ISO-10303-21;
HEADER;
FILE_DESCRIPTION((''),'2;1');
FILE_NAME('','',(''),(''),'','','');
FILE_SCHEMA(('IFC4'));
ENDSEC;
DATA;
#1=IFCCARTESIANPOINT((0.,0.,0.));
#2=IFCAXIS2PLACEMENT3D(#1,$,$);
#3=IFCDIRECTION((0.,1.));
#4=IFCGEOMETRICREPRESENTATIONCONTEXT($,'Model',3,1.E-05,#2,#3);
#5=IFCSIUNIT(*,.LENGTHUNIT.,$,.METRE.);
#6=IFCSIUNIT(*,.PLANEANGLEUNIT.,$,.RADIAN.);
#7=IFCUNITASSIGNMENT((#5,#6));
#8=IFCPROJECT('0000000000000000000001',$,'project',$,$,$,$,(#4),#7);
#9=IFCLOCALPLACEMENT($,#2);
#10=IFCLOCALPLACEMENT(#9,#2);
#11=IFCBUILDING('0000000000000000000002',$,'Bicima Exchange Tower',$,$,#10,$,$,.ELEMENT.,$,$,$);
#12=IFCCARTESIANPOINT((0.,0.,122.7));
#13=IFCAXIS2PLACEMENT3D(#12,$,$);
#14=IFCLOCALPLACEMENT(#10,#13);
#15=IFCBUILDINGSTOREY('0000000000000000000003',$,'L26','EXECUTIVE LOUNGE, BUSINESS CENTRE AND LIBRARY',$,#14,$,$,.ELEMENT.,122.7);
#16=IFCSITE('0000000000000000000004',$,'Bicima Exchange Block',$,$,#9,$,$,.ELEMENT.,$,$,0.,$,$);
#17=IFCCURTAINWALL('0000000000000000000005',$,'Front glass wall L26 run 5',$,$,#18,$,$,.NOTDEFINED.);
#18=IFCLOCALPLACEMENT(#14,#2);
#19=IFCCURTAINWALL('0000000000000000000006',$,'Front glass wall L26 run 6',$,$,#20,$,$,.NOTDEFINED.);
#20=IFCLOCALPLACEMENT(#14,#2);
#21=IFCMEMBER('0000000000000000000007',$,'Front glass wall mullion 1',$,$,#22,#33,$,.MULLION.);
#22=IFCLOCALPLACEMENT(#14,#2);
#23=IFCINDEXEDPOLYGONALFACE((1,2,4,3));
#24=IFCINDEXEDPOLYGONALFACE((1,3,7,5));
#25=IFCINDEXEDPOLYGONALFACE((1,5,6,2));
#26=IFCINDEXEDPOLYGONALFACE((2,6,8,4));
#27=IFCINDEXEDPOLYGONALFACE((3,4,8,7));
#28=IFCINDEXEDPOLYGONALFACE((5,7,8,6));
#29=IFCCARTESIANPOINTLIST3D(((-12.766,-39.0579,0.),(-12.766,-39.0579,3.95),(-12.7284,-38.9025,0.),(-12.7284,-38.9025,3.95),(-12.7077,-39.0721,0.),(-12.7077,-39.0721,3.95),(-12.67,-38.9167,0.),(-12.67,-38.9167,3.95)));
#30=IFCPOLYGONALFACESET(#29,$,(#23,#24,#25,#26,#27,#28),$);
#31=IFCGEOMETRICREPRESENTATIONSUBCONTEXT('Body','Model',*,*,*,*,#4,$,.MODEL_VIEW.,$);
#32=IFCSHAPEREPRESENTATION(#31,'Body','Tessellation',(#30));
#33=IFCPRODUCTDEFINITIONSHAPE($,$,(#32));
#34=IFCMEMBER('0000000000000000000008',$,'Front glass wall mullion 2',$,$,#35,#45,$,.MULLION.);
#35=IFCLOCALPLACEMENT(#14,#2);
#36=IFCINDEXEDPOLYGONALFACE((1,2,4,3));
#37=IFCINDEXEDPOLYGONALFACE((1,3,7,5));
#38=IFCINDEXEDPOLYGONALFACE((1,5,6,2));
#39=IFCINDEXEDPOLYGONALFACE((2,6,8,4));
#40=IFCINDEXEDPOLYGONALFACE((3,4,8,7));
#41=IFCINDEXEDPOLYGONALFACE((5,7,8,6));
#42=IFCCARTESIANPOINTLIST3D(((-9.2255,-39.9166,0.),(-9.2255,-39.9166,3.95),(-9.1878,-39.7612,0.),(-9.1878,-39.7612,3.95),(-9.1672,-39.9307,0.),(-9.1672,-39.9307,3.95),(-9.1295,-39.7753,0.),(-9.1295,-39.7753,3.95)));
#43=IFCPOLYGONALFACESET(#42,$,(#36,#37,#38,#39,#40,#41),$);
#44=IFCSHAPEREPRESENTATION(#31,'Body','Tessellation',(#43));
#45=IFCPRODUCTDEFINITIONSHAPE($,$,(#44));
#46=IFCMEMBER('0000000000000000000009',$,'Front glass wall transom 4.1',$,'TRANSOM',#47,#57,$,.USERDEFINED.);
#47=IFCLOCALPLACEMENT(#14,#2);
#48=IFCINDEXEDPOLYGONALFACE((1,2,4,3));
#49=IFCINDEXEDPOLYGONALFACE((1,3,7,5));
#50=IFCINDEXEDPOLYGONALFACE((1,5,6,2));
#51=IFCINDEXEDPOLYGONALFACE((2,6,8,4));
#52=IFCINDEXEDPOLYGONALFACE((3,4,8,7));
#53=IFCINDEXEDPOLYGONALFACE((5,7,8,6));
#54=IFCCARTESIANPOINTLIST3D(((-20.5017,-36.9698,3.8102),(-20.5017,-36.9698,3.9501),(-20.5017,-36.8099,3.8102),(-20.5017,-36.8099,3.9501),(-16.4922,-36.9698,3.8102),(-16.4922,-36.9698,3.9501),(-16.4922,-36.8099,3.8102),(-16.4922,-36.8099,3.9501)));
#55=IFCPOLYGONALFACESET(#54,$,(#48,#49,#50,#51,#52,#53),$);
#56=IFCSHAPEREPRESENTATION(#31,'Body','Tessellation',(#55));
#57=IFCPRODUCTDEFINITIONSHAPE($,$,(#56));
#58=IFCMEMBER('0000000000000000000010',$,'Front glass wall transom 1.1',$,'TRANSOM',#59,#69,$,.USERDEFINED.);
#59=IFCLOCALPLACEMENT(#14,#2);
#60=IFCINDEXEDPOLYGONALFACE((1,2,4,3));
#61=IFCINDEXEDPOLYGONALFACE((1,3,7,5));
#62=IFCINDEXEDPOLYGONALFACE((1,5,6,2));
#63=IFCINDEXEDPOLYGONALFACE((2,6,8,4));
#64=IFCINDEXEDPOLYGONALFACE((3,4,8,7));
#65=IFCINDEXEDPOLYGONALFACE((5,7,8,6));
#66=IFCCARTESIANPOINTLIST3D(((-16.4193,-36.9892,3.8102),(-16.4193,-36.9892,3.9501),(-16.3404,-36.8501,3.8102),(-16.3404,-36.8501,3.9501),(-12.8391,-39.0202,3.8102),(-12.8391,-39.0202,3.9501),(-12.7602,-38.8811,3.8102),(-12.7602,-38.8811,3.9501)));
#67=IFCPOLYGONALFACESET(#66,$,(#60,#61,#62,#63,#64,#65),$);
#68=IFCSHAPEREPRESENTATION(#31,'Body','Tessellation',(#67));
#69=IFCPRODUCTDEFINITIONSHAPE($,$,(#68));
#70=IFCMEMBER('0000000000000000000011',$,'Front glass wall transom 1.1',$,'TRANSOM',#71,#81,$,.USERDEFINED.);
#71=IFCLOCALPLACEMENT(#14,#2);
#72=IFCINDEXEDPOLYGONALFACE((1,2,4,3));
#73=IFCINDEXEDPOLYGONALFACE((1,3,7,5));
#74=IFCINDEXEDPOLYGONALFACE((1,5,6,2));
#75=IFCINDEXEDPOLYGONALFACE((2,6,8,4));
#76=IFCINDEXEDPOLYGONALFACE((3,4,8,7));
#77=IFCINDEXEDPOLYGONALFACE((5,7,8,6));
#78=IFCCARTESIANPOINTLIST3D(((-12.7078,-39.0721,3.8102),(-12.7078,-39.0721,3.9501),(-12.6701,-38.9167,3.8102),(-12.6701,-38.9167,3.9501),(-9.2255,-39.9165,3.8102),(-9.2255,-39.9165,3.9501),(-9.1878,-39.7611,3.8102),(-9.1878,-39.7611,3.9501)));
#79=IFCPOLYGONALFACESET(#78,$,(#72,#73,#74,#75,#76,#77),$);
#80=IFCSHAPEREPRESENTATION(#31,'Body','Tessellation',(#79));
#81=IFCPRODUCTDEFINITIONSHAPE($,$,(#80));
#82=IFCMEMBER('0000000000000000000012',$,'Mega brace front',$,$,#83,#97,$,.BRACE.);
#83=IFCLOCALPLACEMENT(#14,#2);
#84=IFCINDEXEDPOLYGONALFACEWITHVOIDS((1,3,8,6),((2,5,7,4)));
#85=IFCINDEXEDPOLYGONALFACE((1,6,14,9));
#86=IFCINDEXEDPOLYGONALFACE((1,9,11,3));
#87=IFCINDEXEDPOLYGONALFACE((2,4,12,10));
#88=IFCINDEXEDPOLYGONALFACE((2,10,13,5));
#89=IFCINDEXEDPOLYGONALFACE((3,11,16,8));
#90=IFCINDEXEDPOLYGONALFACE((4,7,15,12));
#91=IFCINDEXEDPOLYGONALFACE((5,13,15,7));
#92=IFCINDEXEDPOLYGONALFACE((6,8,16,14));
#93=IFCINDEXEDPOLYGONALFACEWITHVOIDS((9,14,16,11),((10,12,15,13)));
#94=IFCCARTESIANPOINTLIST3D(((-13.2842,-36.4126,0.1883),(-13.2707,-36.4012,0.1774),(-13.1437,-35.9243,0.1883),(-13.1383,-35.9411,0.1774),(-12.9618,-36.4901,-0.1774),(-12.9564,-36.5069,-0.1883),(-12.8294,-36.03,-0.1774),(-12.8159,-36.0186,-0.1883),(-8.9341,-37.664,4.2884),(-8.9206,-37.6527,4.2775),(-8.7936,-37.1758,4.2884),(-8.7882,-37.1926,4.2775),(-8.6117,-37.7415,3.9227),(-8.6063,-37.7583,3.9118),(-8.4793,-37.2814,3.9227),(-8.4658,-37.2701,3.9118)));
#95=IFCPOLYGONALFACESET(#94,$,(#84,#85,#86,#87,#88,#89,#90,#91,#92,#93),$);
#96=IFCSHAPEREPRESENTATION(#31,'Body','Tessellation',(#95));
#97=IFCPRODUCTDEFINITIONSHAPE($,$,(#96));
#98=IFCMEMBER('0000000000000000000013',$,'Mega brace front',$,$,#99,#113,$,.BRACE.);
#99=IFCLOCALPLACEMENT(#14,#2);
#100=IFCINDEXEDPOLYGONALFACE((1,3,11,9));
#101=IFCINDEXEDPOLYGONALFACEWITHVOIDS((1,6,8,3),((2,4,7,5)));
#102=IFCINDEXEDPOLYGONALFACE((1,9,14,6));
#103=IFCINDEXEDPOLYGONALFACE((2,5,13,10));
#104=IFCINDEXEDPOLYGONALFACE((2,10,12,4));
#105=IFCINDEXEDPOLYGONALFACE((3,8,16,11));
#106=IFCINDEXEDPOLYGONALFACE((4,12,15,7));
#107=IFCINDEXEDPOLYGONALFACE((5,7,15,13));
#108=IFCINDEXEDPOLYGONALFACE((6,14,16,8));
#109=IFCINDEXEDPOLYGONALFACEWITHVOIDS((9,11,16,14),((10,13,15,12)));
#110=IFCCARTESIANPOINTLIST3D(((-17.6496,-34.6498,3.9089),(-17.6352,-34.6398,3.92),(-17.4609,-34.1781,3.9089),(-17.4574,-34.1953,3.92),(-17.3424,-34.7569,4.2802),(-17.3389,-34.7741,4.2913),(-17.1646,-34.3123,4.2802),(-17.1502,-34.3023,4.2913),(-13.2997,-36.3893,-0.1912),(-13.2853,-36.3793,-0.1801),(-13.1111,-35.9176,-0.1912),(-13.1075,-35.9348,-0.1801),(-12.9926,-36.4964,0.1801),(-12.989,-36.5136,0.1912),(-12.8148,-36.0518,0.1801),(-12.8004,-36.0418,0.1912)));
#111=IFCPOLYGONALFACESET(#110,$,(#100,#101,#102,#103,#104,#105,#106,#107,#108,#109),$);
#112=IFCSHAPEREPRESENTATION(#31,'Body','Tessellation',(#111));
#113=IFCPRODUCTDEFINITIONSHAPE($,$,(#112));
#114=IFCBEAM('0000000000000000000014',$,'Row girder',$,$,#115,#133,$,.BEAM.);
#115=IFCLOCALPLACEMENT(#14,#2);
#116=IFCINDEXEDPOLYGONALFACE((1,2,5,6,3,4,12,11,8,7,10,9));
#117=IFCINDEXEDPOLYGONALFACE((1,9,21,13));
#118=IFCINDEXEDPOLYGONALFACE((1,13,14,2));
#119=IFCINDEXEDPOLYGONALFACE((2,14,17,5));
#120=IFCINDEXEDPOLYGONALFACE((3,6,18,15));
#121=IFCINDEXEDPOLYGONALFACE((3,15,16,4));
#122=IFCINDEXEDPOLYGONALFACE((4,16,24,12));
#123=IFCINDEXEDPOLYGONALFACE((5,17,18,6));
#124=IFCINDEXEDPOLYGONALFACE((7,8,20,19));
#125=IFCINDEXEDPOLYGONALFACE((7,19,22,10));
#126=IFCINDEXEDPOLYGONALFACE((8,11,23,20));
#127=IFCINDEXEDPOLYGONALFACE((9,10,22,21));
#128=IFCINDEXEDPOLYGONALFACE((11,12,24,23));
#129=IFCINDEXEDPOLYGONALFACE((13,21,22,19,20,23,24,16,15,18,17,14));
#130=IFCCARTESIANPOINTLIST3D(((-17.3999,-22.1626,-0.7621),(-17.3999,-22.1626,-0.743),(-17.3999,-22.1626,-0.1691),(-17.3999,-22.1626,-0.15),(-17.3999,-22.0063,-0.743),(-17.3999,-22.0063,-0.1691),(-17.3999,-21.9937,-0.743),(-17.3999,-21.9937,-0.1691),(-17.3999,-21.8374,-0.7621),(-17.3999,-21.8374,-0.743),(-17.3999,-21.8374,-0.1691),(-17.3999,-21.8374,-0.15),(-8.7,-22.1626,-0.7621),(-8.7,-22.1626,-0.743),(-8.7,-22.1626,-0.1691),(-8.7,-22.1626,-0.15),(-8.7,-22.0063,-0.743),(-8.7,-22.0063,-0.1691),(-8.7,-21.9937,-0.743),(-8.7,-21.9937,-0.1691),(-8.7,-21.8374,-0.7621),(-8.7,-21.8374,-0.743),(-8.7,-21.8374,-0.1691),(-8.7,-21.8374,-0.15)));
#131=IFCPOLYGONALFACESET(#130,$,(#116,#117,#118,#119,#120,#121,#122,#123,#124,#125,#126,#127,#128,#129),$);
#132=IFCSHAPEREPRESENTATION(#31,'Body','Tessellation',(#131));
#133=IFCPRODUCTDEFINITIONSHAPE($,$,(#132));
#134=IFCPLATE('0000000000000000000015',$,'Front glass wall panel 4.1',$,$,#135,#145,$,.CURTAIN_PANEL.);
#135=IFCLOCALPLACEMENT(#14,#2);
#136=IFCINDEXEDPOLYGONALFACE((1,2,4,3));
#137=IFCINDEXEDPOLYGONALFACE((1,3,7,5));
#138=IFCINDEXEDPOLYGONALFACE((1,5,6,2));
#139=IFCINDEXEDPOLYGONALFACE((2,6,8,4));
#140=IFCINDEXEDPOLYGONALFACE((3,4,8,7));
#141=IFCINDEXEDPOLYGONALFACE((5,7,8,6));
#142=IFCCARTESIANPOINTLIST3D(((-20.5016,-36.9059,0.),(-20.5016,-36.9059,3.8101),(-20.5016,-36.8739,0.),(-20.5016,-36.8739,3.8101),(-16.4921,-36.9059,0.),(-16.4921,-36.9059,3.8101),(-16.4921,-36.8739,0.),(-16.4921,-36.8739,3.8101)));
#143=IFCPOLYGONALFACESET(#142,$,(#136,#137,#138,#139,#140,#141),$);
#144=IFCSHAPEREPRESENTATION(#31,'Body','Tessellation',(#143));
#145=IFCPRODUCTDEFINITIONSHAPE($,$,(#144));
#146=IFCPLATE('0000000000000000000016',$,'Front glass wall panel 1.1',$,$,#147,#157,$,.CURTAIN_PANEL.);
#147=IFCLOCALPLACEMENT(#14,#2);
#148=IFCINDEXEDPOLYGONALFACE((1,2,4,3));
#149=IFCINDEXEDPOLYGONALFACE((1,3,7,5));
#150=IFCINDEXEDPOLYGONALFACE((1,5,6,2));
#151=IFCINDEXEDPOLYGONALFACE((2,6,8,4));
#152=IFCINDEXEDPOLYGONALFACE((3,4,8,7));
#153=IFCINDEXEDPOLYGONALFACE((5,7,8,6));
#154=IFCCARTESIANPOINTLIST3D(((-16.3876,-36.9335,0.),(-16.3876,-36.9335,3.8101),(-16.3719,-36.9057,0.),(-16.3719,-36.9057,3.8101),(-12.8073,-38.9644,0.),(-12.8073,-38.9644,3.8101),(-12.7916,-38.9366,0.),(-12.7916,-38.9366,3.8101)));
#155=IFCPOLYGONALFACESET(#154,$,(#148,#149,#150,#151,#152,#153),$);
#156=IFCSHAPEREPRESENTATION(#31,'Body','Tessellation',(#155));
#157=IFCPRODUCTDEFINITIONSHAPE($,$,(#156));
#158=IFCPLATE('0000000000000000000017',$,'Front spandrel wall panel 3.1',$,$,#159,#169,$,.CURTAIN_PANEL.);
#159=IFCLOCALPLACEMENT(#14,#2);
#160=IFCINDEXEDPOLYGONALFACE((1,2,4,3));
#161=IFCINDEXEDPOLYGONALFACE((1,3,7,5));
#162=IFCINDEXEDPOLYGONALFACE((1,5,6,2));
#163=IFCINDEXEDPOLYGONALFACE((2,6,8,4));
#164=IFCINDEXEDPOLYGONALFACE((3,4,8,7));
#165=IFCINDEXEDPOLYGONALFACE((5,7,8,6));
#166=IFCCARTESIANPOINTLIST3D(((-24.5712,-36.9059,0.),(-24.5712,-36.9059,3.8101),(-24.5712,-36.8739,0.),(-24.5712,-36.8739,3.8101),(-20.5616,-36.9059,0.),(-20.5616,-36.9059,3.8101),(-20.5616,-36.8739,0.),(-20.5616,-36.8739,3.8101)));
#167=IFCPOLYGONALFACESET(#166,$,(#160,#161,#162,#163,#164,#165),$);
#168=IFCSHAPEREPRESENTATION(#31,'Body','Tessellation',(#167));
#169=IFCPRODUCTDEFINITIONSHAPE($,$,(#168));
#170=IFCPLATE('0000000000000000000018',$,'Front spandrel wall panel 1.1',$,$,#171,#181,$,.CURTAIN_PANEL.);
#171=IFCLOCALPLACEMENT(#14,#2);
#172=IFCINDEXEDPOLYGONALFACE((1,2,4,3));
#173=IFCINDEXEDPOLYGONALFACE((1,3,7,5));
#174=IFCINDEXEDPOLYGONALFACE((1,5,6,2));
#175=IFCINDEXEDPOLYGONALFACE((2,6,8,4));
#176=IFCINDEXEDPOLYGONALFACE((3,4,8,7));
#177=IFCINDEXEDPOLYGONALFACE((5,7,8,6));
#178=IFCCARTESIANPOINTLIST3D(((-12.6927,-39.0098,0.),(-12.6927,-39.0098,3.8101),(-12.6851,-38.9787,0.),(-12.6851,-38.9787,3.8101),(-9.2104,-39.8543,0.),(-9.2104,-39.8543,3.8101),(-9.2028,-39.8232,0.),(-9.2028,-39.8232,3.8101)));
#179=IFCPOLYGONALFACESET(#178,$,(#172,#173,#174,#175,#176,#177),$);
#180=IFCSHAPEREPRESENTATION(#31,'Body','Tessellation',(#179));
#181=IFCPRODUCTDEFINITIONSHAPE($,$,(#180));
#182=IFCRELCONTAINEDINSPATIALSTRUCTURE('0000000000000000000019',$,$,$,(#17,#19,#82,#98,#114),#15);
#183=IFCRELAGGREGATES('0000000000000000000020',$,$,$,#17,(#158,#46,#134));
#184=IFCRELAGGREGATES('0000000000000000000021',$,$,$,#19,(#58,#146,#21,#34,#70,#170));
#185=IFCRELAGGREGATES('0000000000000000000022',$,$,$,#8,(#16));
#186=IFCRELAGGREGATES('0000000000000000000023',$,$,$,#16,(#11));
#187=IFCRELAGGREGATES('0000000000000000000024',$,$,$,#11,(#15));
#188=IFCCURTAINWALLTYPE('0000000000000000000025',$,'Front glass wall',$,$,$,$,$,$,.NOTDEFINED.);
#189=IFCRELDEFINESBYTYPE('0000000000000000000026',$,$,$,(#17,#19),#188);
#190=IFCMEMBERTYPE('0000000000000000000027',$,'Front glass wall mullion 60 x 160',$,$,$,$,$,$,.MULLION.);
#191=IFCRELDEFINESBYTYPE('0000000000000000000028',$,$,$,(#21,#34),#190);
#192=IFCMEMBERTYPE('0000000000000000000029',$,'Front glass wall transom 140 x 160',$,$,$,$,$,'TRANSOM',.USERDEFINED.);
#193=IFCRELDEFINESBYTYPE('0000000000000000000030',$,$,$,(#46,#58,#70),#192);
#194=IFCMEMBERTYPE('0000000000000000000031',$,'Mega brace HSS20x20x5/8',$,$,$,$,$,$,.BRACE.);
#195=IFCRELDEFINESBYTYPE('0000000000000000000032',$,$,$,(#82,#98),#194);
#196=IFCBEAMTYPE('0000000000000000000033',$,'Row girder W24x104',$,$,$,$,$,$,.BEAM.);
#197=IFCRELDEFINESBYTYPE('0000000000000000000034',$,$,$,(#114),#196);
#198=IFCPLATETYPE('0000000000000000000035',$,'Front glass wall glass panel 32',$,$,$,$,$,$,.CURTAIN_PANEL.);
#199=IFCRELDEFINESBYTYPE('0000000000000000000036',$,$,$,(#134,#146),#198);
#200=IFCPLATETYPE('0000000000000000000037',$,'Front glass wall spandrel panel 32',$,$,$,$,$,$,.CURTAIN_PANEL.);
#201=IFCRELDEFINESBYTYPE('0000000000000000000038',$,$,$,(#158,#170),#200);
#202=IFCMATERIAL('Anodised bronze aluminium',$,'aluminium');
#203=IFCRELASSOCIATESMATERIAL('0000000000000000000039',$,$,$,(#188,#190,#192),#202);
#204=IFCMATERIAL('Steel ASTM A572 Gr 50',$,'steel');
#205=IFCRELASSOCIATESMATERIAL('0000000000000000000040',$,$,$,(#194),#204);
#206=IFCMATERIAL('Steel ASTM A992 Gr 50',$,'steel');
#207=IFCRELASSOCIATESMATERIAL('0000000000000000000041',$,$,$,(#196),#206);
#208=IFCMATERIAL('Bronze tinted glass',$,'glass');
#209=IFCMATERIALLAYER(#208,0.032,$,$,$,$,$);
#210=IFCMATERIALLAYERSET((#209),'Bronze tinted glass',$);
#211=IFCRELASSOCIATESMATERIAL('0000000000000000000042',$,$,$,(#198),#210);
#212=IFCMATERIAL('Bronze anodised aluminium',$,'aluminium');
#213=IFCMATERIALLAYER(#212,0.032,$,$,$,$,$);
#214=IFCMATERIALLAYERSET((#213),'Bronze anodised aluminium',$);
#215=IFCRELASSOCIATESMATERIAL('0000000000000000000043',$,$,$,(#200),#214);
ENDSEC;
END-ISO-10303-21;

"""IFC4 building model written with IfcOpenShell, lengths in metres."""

from ifc_helpers import new_model, si_unit, direction, frame, origin, origin_2d, place, context, subcontext, project, spatial, rectangle, hollow_rectangle, i_section, extrude, material, layer, layer_set, material_profile, profile_set, type_object, element, aggregate, save


model = new_model("IFC4")

# Units and contexts
model_context = context("Model", 3, precision=1e-05, world=origin(), true_north=direction((0.0, 1.0)))
body_context = subcontext(model_context, "Body", "Model", "MODEL_VIEW")
ifc_project = project(units=[si_unit("LENGTHUNIT", "METRE"), si_unit("PLANEANGLEUNIT", "RADIAN")], contexts=[model_context])

# Site, building, storey
site_placement = place(None, origin())
site = spatial("IfcSite", under=ifc_project, at=site_placement, Name="Bicima Exchange Block", CompositionType="ELEMENT", RefElevation=0.0)
building_placement = place(site_placement, origin())
building = spatial("IfcBuilding", under=site, at=building_placement, Name="Bicima Exchange Tower", CompositionType="ELEMENT")
storey_placement = place(building_placement, frame((0.0, 0.0, 122.7)))
storey = spatial("IfcBuildingStorey", under=building, at=storey_placement, Name="L26", Description="EXECUTIVE LOUNGE, BUSINESS CENTRE AND LIBRARY", CompositionType="ELEMENT", Elevation=122.7)

# Shared definitions
ifc_material_1 = material(Name="Steel ASTM A992 Gr 50", Category="steel")

# Curtain walls, members
ifc_material_2 = material(Name="Anodised bronze aluminium", Category="aluminium")
curtain_wall_type = type_object("IfcCurtainWallType", Name="Front glass wall", PredefinedType="NOTDEFINED", material=ifc_material_2)
curtain_wall_1_placement = place(storey_placement, origin())
curtain_wall_1 = element("IfcCurtainWall", 1, at=curtain_wall_1_placement, inside=storey, type_object=curtain_wall_type, Name="Front glass wall L26 run 5", PredefinedType="NOTDEFINED")
ifc_material_profile_1 = material_profile(ifc_material_2, rectangle(XDim=0.1599, YDim=0.0601, at=origin_2d()))
ifc_profile_set_1 = profile_set([ifc_material_profile_1], Name="Anodised bronze aluminium")
member_type_1 = type_object("IfcMemberType", Name="Front glass wall mullion 60 x 160", PredefinedType="MULLION", material=ifc_profile_set_1)
curtain_wall_2_placement = place(storey_placement, origin())
curtain_wall_2 = element("IfcCurtainWall", 2, at=curtain_wall_2_placement, inside=storey, type_object=curtain_wall_type, Name="Front glass wall L26 run 6", PredefinedType="NOTDEFINED")
member_1_placement = place(storey_placement, frame((-12.718, -38.9873, 0.0), z_axis=(0.0, 0.0, 1.0), x_axis=(0.235682, 0.97183, 0.0)))
member_1 = element("IfcMember", 3, at=member_1_placement, type_object=member_type_1, Name="Front glass wall mullion 1", PredefinedType="MULLION", context=body_context, shape_type="SweptSolid", body=[
    extrude(rectangle(XDim=0.1599, YDim=0.0601, at=origin_2d()), origin(), (0.0, 0.0, 1.0), 3.95),
])
member_2_placement = place(storey_placement, frame((-9.1775, -39.8459, 0.0), z_axis=(0.0, 0.0, 1.0), x_axis=(0.235682, 0.97183, 0.0)))
member_2 = element("IfcMember", 4, at=member_2_placement, type_object=member_type_1, Name="Front glass wall mullion 2", PredefinedType="MULLION", context=body_context, shape_type="SweptSolid", body=[
    extrude(rectangle(XDim=0.1599, YDim=0.0601, at=origin_2d()), origin(), (0.0, 0.0, 1.0), 3.95),
])

# Members
ifc_material_profile_2 = material_profile(ifc_material_2, rectangle(XDim=0.1599, YDim=0.1399, at=origin_2d()))
ifc_profile_set_2 = profile_set([ifc_material_profile_2], Name="Anodised bronze aluminium")
member_type_2 = type_object("IfcMemberType", Name="Front glass wall transom 140 x 160", ElementType="TRANSOM", PredefinedType="USERDEFINED", material=ifc_profile_set_2)
member_3_placement = place(storey_placement, frame((-20.5017, -36.8899, 3.8801), z_axis=(1.0, 0.0, 0.0), x_axis=(0.0, 1.0, 0.0)))
member_3 = element("IfcMember", 5, at=member_3_placement, type_object=member_type_2, Name="Front glass wall transom 4.1", ObjectType="TRANSOM", PredefinedType="USERDEFINED", context=body_context, shape_type="SweptSolid", body=[
    extrude(rectangle(XDim=0.1599, YDim=0.1399, at=origin_2d()), origin(), (0.0, 0.0, 1.0), 4.0095),
])
member_4_placement = place(storey_placement, frame((-16.3799, -36.9197, 3.8801), z_axis=(0.869797, -0.493409, 0.0), x_axis=(0.493409, 0.869797, 0.0)))
member_4 = element("IfcMember", 6, at=member_4_placement, type_object=member_type_2, Name="Front glass wall transom 1.1", ObjectType="TRANSOM", PredefinedType="USERDEFINED", context=body_context, shape_type="SweptSolid", body=[
    extrude(rectangle(XDim=0.1599, YDim=0.1399, at=origin_2d()), origin(), (0.0, 0.0, 1.0), 4.1162),
])
member_5_placement = place(storey_placement, frame((-12.689, -38.9944, 3.8801), z_axis=(0.971834, -0.235668, 0.0), x_axis=(0.235668, 0.971834, 0.0)))
member_5 = element("IfcMember", 7, at=member_5_placement, type_object=member_type_2, Name="Front glass wall transom 1.1", ObjectType="TRANSOM", PredefinedType="USERDEFINED", context=body_context, shape_type="SweptSolid", body=[
    extrude(rectangle(XDim=0.1599, YDim=0.1399, at=origin_2d()), origin(), (0.0, 0.0, 1.0), 3.5833),
])

# Members
ifc_material_3 = material(Name="Steel ASTM A572 Gr 50", Category="steel")
ifc_material_profile_3 = material_profile(ifc_material_3, hollow_rectangle(XDim=0.5081, YDim=0.5081, WallThickness=0.0146, at=origin_2d()))
ifc_profile_set_3 = profile_set([ifc_material_profile_3], Name="Steel ASTM A572 Gr 50")
member_type_3 = type_object("IfcMemberType", Name="Mega brace HSS20x20x5/8", PredefinedType="BRACE", material=ifc_profile_set_3)
member_6_placement = place(storey_placement, frame((-13.05, -36.2156, 0.0), z_axis=(0.712267, -0.20491, 0.671333), x_axis=(0.276473, 0.961022, 0.0)))
element("IfcMember", 8, at=member_6_placement, inside=storey, type_object=member_type_3, Name="Mega brace front", PredefinedType="BRACE", context=body_context, shape_type="SweptSolid", body=[
    extrude(hollow_rectangle(XDim=0.5081, YDim=0.5081, WallThickness=0.0146, at=origin_2d()), origin(), (0.0, 0.0, 1.0), 6.1074),
])
member_7_placement = place(storey_placement, frame((-13.05, -36.2156, 0.0), z_axis=(-0.698706, 0.279412, 0.658588), x_axis=(-0.37131, -0.928509, 0.0)))
element("IfcMember", 9, at=member_7_placement, inside=storey, type_object=member_type_3, Name="Mega brace front", PredefinedType="BRACE", context=body_context, shape_type="SweptSolid", body=[
    extrude(hollow_rectangle(XDim=0.5081, YDim=0.5081, WallThickness=0.0146, at=origin_2d()), origin(), (0.0, 0.0, 1.0), 6.2256),
])

# Beam
ifc_material_profile_4 = material_profile(ifc_material_1, i_section(OverallWidth=0.3252, OverallDepth=0.6121, WebThickness=0.0127, FlangeThickness=0.019, at=origin_2d()))
ifc_profile_set_4 = profile_set([ifc_material_profile_4], Name="Steel ASTM A992 Gr 50")
beam_type_1 = type_object("IfcBeamType", Name="Row girder W24x104", PredefinedType="BEAM", material=ifc_profile_set_4)
beam_1_placement = place(storey_placement, frame((-17.3999, -22.0, -0.4561), z_axis=(1.0, 0.0, 0.0), x_axis=(0.0, 1.0, 0.0)))
element("IfcBeam", 10, at=beam_1_placement, inside=storey, type_object=beam_type_1, Name="Row girder", PredefinedType="BEAM", context=body_context, shape_type="SweptSolid", body=[
    extrude(i_section(OverallWidth=0.3252, OverallDepth=0.6121, WebThickness=0.0127, FlangeThickness=0.019, at=origin_2d()), origin(), (0.0, 0.0, 1.0), 8.7),
])

# Plates
ifc_material_4 = material(Name="Bronze tinted glass", Category="glass")
ifc_layer_1 = layer(ifc_material_4, 0.032)
ifc_layer_set_1 = layer_set([ifc_layer_1], Name="Bronze tinted glass")
plate_type_1 = type_object("IfcPlateType", Name="Front glass wall glass panel 32", PredefinedType="CURTAIN_PANEL", material=ifc_layer_set_1)
plate_1_placement = place(storey_placement, frame((-18.4968, -36.8899, 0.0), z_axis=(0.0, 0.0, 1.0), x_axis=(1.0, 0.0, 0.0)))
plate_1 = element("IfcPlate", 11, at=plate_1_placement, type_object=plate_type_1, Name="Front glass wall panel 4.1", PredefinedType="CURTAIN_PANEL", context=body_context, shape_type="SweptSolid", body=[
    extrude(rectangle(XDim=4.0095, YDim=0.032, at=origin_2d()), origin(), (0.0, 0.0, 1.0), 3.8101),
])
plate_2_placement = place(storey_placement, frame((-14.5896, -37.9351, 0.0), z_axis=(0.0, 0.0, 1.0), x_axis=(0.869805, -0.493395, 0.0)))
plate_2 = element("IfcPlate", 12, at=plate_2_placement, type_object=plate_type_1, Name="Front glass wall panel 1.1", PredefinedType="CURTAIN_PANEL", context=body_context, shape_type="SweptSolid", body=[
    extrude(rectangle(XDim=4.1162, YDim=0.032, at=origin_2d()), origin(), (0.0, 0.0, 1.0), 3.8101),
])
ifc_material_5 = material(Name="Bronze anodised aluminium", Category="aluminium")
ifc_layer_2 = layer(ifc_material_5, 0.032)
ifc_layer_set_2 = layer_set([ifc_layer_2], Name="Bronze anodised aluminium")
plate_type_2 = type_object("IfcPlateType", Name="Front glass wall spandrel panel 32", PredefinedType="CURTAIN_PANEL", material=ifc_layer_set_2)
plate_3_placement = place(storey_placement, frame((-22.5664, -36.8899, 0.0), z_axis=(0.0, 0.0, 1.0), x_axis=(1.0, 0.0, 0.0)))
plate_3 = element("IfcPlate", 13, at=plate_3_placement, type_object=plate_type_2, Name="Front spandrel wall panel 3.1", PredefinedType="CURTAIN_PANEL", context=body_context, shape_type="SweptSolid", body=[
    extrude(rectangle(XDim=4.0095, YDim=0.032, at=origin_2d()), origin(), (0.0, 0.0, 1.0), 3.8101),
])
aggregate(curtain_wall_1, [plate_3, member_3, plate_1])
plate_4_placement = place(storey_placement, frame((-10.9478, -39.4165, 0.0), z_axis=(0.0, 0.0, 1.0), x_axis=(0.97183, -0.235682, 0.0)))
plate_4 = element("IfcPlate", 14, at=plate_4_placement, type_object=plate_type_2, Name="Front spandrel wall panel 1.1", PredefinedType="CURTAIN_PANEL", context=body_context, shape_type="SweptSolid", body=[
    extrude(rectangle(XDim=3.5833, YDim=0.032, at=origin_2d()), origin(), (0.0, 0.0, 1.0), 3.8101),
])
aggregate(curtain_wall_2, [member_4, plate_2, member_1, member_2, member_5, plate_4])

save(model, "model.ifc")
